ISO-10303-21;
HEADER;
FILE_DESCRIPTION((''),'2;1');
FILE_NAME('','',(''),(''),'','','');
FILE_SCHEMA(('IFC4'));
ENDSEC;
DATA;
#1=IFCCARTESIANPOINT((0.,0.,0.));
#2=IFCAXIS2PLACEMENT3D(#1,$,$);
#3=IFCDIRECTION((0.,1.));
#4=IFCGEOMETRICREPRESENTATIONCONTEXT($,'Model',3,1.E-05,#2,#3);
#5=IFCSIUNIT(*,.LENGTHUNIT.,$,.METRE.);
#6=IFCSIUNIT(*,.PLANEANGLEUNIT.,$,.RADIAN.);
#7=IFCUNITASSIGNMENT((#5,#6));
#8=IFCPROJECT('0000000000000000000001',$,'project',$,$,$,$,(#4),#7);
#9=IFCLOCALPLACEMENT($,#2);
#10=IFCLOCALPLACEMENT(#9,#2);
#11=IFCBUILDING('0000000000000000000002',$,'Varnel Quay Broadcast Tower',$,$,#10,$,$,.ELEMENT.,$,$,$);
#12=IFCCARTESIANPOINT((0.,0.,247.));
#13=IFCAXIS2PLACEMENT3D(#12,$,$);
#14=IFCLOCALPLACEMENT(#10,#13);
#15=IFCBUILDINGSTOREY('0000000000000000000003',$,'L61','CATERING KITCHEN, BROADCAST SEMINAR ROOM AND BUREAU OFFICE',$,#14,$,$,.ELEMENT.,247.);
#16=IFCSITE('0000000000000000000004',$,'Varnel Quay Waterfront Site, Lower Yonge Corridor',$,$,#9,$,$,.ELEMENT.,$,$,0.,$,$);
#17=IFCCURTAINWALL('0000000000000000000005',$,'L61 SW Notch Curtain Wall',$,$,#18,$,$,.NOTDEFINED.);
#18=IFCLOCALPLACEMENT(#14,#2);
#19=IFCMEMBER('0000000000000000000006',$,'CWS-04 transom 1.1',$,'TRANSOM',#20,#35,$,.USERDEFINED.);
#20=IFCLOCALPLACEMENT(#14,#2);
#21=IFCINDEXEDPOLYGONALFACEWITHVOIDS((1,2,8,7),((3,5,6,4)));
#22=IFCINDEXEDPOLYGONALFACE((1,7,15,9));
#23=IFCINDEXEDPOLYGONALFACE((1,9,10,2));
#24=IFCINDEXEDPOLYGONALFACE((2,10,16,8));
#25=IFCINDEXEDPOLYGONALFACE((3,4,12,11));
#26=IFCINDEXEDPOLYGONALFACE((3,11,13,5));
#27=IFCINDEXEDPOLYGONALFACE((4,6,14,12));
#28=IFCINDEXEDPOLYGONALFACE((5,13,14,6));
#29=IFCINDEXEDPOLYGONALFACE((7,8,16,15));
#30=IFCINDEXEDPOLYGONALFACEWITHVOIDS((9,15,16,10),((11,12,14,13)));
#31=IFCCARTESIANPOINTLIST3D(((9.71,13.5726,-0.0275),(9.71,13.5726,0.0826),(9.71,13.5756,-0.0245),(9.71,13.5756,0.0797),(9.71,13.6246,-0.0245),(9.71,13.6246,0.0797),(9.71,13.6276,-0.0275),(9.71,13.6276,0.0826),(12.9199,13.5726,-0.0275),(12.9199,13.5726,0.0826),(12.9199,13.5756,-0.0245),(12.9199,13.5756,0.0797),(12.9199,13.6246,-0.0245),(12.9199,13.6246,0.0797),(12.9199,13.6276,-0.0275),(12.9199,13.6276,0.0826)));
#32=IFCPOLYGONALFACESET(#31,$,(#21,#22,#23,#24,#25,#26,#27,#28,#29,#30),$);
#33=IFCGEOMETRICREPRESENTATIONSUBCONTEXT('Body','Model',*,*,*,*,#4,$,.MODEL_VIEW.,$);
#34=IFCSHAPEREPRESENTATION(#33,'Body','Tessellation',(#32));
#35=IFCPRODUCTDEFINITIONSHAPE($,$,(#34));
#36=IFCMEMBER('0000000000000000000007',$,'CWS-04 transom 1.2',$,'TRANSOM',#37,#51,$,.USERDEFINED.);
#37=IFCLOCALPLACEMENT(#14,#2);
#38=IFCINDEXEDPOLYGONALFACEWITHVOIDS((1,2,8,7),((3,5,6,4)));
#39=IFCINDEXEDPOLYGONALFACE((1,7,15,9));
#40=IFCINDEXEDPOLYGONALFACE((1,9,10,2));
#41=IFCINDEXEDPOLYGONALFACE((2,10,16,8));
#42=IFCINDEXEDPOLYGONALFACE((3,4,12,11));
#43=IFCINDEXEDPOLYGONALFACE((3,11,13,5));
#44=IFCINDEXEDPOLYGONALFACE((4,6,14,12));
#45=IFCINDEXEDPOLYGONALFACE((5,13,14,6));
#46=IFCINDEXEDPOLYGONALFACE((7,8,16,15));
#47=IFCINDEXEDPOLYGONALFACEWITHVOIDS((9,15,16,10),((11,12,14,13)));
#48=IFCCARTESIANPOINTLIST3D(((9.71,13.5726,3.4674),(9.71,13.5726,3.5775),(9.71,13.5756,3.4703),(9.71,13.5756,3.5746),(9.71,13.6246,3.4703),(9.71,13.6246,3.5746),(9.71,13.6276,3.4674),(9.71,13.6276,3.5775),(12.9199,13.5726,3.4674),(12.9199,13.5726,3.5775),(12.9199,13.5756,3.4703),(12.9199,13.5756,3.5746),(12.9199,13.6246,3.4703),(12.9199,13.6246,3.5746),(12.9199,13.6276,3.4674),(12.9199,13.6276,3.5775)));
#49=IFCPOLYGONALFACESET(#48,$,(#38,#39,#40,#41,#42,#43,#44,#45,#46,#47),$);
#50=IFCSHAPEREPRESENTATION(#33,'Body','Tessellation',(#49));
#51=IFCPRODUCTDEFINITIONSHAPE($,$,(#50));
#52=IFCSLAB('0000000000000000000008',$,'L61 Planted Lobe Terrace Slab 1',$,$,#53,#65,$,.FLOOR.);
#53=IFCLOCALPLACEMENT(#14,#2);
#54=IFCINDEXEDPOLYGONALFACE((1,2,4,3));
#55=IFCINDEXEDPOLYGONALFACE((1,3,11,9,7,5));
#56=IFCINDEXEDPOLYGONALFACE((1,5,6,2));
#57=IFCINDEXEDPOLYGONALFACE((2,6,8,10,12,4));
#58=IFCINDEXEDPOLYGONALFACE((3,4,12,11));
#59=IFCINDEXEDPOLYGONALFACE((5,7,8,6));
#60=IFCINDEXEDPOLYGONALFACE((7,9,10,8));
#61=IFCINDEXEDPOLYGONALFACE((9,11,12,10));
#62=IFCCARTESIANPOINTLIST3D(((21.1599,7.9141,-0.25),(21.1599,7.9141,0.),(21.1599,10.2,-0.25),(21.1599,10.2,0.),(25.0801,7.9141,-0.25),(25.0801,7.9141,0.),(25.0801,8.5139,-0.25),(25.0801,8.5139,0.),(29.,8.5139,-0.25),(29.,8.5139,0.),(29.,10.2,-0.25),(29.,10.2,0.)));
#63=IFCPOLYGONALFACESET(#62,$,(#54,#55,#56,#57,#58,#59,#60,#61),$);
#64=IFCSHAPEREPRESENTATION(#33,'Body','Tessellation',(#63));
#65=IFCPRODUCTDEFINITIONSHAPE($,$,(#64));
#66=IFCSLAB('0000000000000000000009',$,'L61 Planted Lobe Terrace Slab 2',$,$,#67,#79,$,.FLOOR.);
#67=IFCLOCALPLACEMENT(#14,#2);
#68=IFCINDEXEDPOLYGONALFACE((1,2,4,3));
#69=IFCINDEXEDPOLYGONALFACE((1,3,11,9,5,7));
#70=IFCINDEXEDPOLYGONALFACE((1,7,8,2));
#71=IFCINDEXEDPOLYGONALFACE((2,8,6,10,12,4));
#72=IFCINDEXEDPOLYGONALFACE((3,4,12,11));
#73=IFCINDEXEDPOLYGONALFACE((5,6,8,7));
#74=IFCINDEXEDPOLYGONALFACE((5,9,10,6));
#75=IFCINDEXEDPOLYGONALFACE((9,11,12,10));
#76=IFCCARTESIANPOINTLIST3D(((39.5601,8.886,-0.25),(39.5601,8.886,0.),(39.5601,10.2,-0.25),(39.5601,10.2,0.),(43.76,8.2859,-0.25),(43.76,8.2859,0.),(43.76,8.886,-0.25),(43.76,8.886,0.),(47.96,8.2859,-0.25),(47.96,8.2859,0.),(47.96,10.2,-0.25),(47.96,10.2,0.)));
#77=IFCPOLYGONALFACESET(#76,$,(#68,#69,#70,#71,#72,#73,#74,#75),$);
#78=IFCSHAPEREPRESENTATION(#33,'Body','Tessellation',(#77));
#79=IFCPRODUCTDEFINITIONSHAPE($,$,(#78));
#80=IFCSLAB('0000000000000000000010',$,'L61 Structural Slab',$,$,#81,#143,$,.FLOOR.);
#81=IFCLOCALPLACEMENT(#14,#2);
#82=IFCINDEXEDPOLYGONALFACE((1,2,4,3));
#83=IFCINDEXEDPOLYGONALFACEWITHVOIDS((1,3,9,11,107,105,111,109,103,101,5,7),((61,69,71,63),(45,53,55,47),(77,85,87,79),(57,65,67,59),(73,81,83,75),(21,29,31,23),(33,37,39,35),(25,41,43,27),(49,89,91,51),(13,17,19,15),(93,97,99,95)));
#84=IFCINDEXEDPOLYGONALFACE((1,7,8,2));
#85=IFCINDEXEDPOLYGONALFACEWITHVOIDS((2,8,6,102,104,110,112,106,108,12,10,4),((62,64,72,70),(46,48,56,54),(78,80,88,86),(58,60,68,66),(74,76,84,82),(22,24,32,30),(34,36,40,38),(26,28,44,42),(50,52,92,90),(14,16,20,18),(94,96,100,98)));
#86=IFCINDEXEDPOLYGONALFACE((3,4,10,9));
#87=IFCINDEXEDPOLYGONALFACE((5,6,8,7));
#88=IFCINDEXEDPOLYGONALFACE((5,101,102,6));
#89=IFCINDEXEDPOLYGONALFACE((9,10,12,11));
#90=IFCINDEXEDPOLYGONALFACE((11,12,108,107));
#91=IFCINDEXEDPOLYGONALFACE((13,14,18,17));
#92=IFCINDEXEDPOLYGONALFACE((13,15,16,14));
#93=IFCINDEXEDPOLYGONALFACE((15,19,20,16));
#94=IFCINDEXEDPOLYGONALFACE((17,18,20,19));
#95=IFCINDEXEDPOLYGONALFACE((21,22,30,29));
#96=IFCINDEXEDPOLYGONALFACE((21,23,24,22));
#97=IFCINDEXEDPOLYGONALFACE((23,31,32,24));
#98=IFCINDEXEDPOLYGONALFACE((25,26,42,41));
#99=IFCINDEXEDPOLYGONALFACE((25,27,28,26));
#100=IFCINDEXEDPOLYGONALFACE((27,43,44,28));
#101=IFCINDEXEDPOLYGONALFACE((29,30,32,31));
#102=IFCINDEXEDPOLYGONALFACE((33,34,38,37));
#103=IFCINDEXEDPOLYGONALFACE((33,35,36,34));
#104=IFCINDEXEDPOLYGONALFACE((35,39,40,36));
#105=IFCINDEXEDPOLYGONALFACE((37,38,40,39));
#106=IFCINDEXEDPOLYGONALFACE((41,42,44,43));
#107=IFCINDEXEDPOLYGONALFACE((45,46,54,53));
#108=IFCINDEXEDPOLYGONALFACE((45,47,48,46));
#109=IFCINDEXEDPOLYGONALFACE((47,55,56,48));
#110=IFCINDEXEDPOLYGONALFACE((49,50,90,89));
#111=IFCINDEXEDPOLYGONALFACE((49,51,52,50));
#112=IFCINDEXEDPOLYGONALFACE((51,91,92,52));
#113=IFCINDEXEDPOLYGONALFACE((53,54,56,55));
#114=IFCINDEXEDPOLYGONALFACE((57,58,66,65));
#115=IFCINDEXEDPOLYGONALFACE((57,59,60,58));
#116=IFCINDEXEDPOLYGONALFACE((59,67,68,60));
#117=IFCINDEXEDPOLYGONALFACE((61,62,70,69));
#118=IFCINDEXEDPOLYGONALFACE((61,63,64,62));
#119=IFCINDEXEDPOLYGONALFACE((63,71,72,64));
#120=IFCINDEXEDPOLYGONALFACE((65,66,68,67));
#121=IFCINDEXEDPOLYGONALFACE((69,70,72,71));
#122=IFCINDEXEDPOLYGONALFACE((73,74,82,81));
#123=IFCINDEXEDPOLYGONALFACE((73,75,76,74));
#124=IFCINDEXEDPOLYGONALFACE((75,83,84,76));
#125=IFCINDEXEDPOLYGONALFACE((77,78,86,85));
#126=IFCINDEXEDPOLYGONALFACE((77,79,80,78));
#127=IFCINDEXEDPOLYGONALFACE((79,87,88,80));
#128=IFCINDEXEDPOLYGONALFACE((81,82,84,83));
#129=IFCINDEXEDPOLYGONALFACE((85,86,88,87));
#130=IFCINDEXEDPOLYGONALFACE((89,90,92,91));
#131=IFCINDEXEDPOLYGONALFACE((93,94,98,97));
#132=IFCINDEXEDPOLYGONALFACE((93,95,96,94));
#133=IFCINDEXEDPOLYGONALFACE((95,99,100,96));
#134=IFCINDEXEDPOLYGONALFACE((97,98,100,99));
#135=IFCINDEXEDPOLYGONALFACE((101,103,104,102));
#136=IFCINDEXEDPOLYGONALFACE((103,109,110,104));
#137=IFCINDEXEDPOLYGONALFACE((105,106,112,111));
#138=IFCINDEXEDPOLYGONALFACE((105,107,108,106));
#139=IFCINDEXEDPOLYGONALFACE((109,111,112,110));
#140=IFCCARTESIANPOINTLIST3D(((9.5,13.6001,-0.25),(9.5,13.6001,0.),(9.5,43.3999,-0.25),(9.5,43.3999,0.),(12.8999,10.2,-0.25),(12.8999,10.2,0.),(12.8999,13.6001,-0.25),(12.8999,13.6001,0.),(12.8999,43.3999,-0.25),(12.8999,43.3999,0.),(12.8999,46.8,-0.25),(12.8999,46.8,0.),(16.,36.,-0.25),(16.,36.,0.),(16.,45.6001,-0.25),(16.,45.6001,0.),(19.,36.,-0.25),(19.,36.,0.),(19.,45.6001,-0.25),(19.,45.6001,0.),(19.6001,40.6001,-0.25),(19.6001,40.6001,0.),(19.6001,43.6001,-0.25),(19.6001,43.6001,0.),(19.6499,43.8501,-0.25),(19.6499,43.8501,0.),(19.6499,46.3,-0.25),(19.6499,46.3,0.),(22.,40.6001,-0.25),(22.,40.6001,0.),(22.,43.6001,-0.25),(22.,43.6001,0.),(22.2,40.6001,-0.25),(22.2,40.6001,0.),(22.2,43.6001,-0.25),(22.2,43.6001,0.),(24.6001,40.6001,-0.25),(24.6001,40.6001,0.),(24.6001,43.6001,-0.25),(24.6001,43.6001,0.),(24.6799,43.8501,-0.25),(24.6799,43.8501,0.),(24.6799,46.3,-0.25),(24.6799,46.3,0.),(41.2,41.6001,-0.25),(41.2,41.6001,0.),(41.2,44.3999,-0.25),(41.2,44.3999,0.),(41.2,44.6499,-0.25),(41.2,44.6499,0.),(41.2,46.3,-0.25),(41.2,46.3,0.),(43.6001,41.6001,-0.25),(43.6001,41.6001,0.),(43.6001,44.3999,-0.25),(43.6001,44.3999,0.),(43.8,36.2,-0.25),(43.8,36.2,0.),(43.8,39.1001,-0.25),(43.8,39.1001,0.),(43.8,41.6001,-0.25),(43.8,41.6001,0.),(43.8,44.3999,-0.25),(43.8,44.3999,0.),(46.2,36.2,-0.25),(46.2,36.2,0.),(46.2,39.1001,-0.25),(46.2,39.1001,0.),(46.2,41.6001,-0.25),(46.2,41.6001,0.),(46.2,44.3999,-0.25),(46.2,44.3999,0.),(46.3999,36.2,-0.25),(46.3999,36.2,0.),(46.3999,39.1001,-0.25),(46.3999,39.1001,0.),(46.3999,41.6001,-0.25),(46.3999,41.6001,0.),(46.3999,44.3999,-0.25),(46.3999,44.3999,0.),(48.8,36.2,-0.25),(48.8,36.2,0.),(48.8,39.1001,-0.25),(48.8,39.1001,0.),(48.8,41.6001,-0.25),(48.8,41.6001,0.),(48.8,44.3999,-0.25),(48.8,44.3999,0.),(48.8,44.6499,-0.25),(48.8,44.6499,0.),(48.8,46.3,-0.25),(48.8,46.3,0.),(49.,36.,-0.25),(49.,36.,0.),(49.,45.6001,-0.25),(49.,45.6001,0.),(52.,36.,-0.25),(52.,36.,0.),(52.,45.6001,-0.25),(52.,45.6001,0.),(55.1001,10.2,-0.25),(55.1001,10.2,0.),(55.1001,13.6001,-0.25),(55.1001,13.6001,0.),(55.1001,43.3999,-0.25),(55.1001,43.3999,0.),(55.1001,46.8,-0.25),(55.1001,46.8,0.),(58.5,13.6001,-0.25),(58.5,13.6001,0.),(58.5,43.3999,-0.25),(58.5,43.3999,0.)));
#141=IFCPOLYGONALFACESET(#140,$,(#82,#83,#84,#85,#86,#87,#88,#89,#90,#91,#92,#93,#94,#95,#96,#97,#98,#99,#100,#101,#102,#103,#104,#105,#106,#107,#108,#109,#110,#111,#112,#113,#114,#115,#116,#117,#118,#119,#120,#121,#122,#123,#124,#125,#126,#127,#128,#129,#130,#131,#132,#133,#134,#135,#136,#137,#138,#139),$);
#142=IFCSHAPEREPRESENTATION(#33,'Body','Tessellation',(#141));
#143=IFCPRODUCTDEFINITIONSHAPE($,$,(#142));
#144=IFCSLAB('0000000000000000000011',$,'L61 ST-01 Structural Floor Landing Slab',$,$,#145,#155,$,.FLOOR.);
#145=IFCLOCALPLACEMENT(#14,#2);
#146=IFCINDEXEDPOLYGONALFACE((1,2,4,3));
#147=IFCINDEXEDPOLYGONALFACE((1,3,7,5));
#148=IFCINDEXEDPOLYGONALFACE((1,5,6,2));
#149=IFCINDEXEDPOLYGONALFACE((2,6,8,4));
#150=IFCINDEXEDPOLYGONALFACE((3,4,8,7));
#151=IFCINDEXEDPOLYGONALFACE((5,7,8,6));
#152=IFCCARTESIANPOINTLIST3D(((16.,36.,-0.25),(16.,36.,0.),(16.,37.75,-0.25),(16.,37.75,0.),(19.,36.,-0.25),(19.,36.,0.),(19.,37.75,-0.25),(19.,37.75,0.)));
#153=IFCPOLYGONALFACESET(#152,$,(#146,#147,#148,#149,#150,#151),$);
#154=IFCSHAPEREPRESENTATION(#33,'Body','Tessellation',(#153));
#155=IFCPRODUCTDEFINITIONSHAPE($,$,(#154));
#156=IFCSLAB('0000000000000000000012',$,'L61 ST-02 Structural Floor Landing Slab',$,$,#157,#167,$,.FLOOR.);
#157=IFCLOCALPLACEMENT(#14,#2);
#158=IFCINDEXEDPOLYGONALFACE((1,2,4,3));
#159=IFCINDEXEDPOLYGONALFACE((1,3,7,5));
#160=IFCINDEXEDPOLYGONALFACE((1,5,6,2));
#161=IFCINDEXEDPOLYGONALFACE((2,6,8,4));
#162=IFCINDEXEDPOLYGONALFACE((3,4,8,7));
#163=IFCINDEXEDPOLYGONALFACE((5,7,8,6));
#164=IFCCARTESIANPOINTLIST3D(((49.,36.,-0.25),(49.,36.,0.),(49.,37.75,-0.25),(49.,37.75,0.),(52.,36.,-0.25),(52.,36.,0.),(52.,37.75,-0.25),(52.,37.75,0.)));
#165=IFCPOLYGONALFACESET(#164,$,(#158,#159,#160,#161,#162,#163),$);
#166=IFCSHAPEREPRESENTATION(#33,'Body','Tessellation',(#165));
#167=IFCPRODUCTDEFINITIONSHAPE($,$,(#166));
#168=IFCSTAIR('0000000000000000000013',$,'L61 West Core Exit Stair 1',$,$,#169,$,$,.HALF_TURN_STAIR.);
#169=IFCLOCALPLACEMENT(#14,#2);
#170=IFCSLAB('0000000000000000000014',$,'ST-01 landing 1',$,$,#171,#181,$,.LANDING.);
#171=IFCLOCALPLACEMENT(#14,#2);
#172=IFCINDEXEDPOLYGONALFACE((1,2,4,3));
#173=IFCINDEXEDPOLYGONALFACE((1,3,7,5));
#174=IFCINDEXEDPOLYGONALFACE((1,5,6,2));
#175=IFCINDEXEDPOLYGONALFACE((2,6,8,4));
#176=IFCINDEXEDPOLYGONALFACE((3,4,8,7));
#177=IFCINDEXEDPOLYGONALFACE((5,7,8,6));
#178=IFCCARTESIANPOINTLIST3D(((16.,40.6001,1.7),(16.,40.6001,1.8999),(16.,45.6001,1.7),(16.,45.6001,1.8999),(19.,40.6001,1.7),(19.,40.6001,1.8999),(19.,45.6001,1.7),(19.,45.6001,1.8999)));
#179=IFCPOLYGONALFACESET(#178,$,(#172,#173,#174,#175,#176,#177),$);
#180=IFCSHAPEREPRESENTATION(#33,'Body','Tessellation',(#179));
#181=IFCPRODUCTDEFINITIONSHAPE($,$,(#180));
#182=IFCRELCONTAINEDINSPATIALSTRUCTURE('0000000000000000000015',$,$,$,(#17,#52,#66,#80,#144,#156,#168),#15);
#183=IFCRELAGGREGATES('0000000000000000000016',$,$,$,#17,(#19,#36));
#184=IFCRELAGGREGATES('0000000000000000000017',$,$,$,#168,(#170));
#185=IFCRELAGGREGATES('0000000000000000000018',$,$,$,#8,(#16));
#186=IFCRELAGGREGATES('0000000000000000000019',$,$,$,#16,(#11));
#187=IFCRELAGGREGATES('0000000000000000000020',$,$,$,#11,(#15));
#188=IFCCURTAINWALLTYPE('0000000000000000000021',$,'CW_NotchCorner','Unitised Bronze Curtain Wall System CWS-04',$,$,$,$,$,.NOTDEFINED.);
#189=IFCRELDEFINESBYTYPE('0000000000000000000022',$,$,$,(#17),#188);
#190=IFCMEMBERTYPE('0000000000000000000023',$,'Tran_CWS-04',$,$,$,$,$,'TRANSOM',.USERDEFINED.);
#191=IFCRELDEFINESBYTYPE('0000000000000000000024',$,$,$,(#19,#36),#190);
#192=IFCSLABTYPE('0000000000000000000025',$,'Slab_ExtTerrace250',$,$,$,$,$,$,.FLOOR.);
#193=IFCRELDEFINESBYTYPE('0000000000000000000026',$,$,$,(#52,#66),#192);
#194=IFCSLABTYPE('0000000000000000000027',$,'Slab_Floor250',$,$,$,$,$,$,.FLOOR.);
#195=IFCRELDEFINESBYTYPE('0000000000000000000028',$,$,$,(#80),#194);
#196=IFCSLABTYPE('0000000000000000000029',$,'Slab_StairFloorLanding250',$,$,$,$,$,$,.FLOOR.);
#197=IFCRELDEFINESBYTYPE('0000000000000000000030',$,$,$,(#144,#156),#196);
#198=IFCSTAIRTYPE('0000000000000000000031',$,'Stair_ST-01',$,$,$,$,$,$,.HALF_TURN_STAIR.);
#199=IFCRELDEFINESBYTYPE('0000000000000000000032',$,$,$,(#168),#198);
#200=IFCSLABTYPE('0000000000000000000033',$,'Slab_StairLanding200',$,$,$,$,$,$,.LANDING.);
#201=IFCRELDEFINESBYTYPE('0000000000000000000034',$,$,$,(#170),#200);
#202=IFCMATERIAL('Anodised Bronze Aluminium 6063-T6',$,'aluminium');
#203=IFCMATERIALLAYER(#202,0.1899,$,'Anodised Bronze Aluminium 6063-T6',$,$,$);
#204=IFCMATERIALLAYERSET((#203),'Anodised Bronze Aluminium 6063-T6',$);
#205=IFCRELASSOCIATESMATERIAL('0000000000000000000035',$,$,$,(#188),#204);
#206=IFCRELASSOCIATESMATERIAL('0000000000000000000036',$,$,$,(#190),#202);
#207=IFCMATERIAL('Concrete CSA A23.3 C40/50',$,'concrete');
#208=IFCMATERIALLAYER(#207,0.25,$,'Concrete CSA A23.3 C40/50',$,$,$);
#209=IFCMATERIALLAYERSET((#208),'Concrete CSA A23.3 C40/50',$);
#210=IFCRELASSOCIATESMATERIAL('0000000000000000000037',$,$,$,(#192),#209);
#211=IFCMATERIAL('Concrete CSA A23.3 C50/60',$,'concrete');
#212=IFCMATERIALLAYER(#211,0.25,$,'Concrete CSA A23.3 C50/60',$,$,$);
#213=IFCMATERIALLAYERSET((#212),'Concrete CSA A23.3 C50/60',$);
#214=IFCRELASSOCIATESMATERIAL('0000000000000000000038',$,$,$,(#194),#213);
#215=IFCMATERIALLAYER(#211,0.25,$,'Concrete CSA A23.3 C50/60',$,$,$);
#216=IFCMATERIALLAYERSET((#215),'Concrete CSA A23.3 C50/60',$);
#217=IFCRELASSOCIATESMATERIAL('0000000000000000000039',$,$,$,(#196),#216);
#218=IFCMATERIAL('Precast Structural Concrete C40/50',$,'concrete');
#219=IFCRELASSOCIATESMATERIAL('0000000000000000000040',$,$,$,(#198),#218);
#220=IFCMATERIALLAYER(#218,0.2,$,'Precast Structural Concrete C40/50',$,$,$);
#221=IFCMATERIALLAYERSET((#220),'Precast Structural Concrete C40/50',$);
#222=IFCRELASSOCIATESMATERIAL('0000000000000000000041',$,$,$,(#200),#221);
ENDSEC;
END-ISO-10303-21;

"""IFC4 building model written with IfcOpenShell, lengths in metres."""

from ifc_helpers import new_model, si_unit, direction, frame, origin, origin_2d, place, context, subcontext, project, spatial, polyline, hollow_rectangle, outline, extrude, source, transform, mapped, material, layer, layer_set, material_profile, profile_set, type_object, type_shapes, element, aggregate, save


model = new_model("IFC4")

# Units and contexts
model_context = context("Model", 3, precision=1e-05, world=origin(), true_north=direction((0.0, 1.0)))
body_context = subcontext(model_context, "Body", "Model", "MODEL_VIEW")
ifc_project = project(units=[si_unit("LENGTHUNIT", "METRE"), si_unit("PLANEANGLEUNIT", "RADIAN")], contexts=[model_context])

# Site, building, storey
site_placement = place(None, origin())
site = spatial("IfcSite", under=ifc_project, at=site_placement, Name="Varnel Quay Waterfront Site, Lower Yonge Corridor", CompositionType="ELEMENT", RefElevation=0.0)
building_placement = place(site_placement, origin())
building = spatial("IfcBuilding", under=site, at=building_placement, Name="Varnel Quay Broadcast Tower", CompositionType="ELEMENT")
storey_placement = place(building_placement, frame((0.0, 0.0, 247.0)))
storey = spatial("IfcBuildingStorey", under=building, at=storey_placement, Name="L61", Description="CATERING KITCHEN, BROADCAST SEMINAR ROOM AND BUREAU OFFICE", CompositionType="ELEMENT", Elevation=247.0)

# Curtain wall
ifc_material_1 = material(Name="Anodised Bronze Aluminium 6063-T6", Category="aluminium")
ifc_layer_1 = layer(ifc_material_1, 0.1899, Name="Anodised Bronze Aluminium 6063-T6")
ifc_layer_set_1 = layer_set([ifc_layer_1], Name="Anodised Bronze Aluminium 6063-T6")
curtain_wall_type_1 = type_object("IfcCurtainWallType", Name="CW_NotchCorner", Description="Unitised Bronze Curtain Wall System CWS-04", PredefinedType="NOTDEFINED", material=ifc_layer_set_1)
curtain_wall_1_placement = place(storey_placement, origin())
curtain_wall_1 = element("IfcCurtainWall", 1, at=curtain_wall_1_placement, inside=storey, type_object=curtain_wall_type_1, Name="L61 SW Notch Curtain Wall", PredefinedType="NOTDEFINED")

# Members
ifc_material_profile_1 = material_profile(ifc_material_1, hollow_rectangle(XDim=0.0549, YDim=0.1101, WallThickness=0.0029, at=origin_2d()), Name="ALU55X110X3")
ifc_profile_set_1 = profile_set([ifc_material_profile_1], Name="Anodised Bronze Aluminium 6063-T6")
member_type_1 = type_object("IfcMemberType", Name="Tran_CWS-04", ElementType="TRANSOM", PredefinedType="USERDEFINED", material=ifc_profile_set_1)
shared_shape_1 = source(origin(), body_context, "Body", "SweptSolid", [
    extrude(hollow_rectangle(XDim=0.0549, YDim=0.1101, WallThickness=0.0029, at=origin_2d()), origin(), (0.0, 0.0, 1.0), 3.21),
])
type_shapes(member_type_1, [shared_shape_1])
member_1_placement = place(storey_placement, frame((9.71, 13.6001, 0.0276), z_axis=(1.0, 0.0, 0.0), x_axis=(0.0, 1.0, 0.0)))
member_1 = element("IfcMember", 2, at=member_1_placement, type_object=member_type_1, Name="CWS-04 transom 1.1", ObjectType="TRANSOM", PredefinedType="USERDEFINED", context=body_context, shape_type="MappedRepresentation", body=[
    mapped(shared_shape_1, transform((0.0, 0.0, 0.0), x_axis=(1.0, 0.0, 0.0), y_axis=(0.0, 1.0, 0.0), z_axis=(0.0, 0.0, 1.0), scale=1.0)),
])
member_2_placement = place(storey_placement, frame((9.71, 13.6001, 3.5225), z_axis=(1.0, 0.0, 0.0), x_axis=(0.0, 1.0, 0.0)))
member_2 = element("IfcMember", 3, at=member_2_placement, type_object=member_type_1, Name="CWS-04 transom 1.2", ObjectType="TRANSOM", PredefinedType="USERDEFINED", context=body_context, shape_type="MappedRepresentation", body=[
    mapped(shared_shape_1, transform((0.0, 0.0, 0.0), x_axis=(1.0, 0.0, 0.0), y_axis=(0.0, 1.0, 0.0), z_axis=(0.0, 0.0, 1.0), scale=1.0)),
])
aggregate(curtain_wall_1, [member_1, member_2])

# Slabs
ifc_material_2 = material(Name="Concrete CSA A23.3 C40/50", Category="concrete")
ifc_layer_2 = layer(ifc_material_2, 0.25, Name="Concrete CSA A23.3 C40/50")
ifc_layer_set_2 = layer_set([ifc_layer_2], Name="Concrete CSA A23.3 C40/50")
slab_type_1 = type_object("IfcSlabType", Name="Slab_ExtTerrace250", PredefinedType="FLOOR", material=ifc_layer_set_2)
slab_1_placement = place(storey_placement, frame((0.0, 0.0, -0.25)))
element("IfcSlab", 4, at=slab_1_placement, inside=storey, type_object=slab_type_1, Name="L61 Planted Lobe Terrace Slab 1", PredefinedType="FLOOR", context=body_context, shape_type="SweptSolid", body=[
    extrude(outline(polyline([(21.1599, 7.9141), (25.0801, 7.9141), (25.0801, 8.5139), (29.0, 8.5139), (29.0, 10.2), (21.1599, 10.2), (21.1599, 7.9141)])), origin(), (0.0, 0.0, 1.0), 0.25),
])
slab_2_placement = place(storey_placement, frame((0.0, 0.0, -0.25)))
element("IfcSlab", 5, at=slab_2_placement, inside=storey, type_object=slab_type_1, Name="L61 Planted Lobe Terrace Slab 2", PredefinedType="FLOOR", context=body_context, shape_type="SweptSolid", body=[
    extrude(outline(polyline([(39.5601, 8.886), (43.76, 8.886), (43.76, 8.2859), (47.96, 8.2859), (47.96, 10.2), (39.5601, 10.2), (39.5601, 8.886)])), origin(), (0.0, 0.0, 1.0), 0.25),
])
ifc_material_3 = material(Name="Concrete CSA A23.3 C50/60", Category="concrete")
ifc_layer_3 = layer(ifc_material_3, 0.25, Name="Concrete CSA A23.3 C50/60")
ifc_layer_set_3 = layer_set([ifc_layer_3], Name="Concrete CSA A23.3 C50/60")
slab_type_2 = type_object("IfcSlabType", Name="Slab_Floor250", PredefinedType="FLOOR", material=ifc_layer_set_3)
slab_3_placement = place(storey_placement, frame((0.0, 0.0, -0.25)))
element("IfcSlab", 6, at=slab_3_placement, inside=storey, type_object=slab_type_2, Name="L61 Structural Slab", PredefinedType="FLOOR", context=body_context, shape_type="SweptSolid", body=[
    extrude(outline(polyline([(12.8999, 10.2), (55.1001, 10.2), (55.1001, 13.6001), (58.5, 13.6001), (58.5, 43.3999), (55.1001, 43.3999), (55.1001, 46.8), (12.8999, 46.8), (12.8999, 43.3999), (9.5, 43.3999), (9.5, 13.6001), (12.8999, 13.6001), (12.8999, 10.2)]), holes=[polyline([(19.0, 36.0), (16.0, 36.0), (16.0, 45.6001), (19.0, 45.6001), (19.0, 36.0)]), polyline([(19.6001, 40.6001), (19.6001, 43.6001), (22.0, 43.6001), (22.0, 40.6001), (19.6001, 40.6001)]), polyline([(22.2, 40.6001), (22.2, 43.6001), (24.6001, 43.6001), (24.6001, 40.6001), (22.2, 40.6001)]), polyline([(41.2, 44.3999), (43.6001, 44.3999), (43.6001, 41.6001), (41.2, 41.6001), (41.2, 44.3999)]), polyline([(43.8, 44.3999), (46.2, 44.3999), (46.2, 41.6001), (43.8, 41.6001), (43.8, 44.3999)]), polyline([(19.6499, 43.8501), (19.6499, 46.3), (24.6799, 46.3), (24.6799, 43.8501), (19.6499, 43.8501)]), polyline([(43.8, 39.1001), (46.2, 39.1001), (46.2, 36.2), (43.8, 36.2), (43.8, 39.1001)]), polyline([(46.3999, 39.1001), (48.8, 39.1001), (48.8, 36.2), (46.3999, 36.2), (46.3999, 39.1001)]), polyline([(52.0, 36.0), (49.0, 36.0), (49.0, 45.6001), (52.0, 45.6001), (52.0, 36.0)]), polyline([(46.3999, 44.3999), (48.8, 44.3999), (48.8, 41.6001), (46.3999, 41.6001), (46.3999, 44.3999)]), polyline([(41.2, 46.3), (48.8, 46.3), (48.8, 44.6499), (41.2, 44.6499), (41.2, 46.3)])]), origin(), (0.0, 0.0, 1.0), 0.25),
])
ifc_layer_4 = layer(ifc_material_3, 0.25, Name="Concrete CSA A23.3 C50/60")
ifc_layer_set_4 = layer_set([ifc_layer_4], Name="Concrete CSA A23.3 C50/60")
slab_type_3 = type_object("IfcSlabType", Name="Slab_StairFloorLanding250", PredefinedType="FLOOR", material=ifc_layer_set_4)
slab_4_placement = place(storey_placement, frame((0.0, 0.0, -0.25)))
element("IfcSlab", 7, at=slab_4_placement, inside=storey, type_object=slab_type_3, Name="L61 ST-01 Structural Floor Landing Slab", PredefinedType="FLOOR", context=body_context, shape_type="SweptSolid", body=[
    extrude(outline(polyline([(19.0, 36.0), (19.0, 37.75), (16.0, 37.75), (16.0, 36.0), (19.0, 36.0)])), origin(), (0.0, 0.0, 1.0), 0.25),
])
slab_5_placement = place(storey_placement, frame((0.0, 0.0, -0.25)))
element("IfcSlab", 8, at=slab_5_placement, inside=storey, type_object=slab_type_3, Name="L61 ST-02 Structural Floor Landing Slab", PredefinedType="FLOOR", context=body_context, shape_type="SweptSolid", body=[
    extrude(outline(polyline([(52.0, 36.0), (52.0, 37.75), (49.0, 37.75), (49.0, 36.0), (52.0, 36.0)])), origin(), (0.0, 0.0, 1.0), 0.25),
])

# Stair, slab
ifc_material_4 = material(Name="Precast Structural Concrete C40/50", Category="concrete")
stair_type_1 = type_object("IfcStairType", Name="Stair_ST-01", PredefinedType="HALF_TURN_STAIR", material=ifc_material_4)
stair_1_placement = place(storey_placement, origin())
stair_1 = element("IfcStair", 9, at=stair_1_placement, inside=storey, type_object=stair_type_1, Name="L61 West Core Exit Stair 1", PredefinedType="HALF_TURN_STAIR")
ifc_layer_5 = layer(ifc_material_4, 0.2, Name="Precast Structural Concrete C40/50")
ifc_layer_set_5 = layer_set([ifc_layer_5], Name="Precast Structural Concrete C40/50")
slab_type_4 = type_object("IfcSlabType", Name="Slab_StairLanding200", PredefinedType="LANDING", material=ifc_layer_set_5)
slab_6_placement = place(storey_placement, frame((0.0, 0.0, 1.7)))
slab_6 = element("IfcSlab", 10, at=slab_6_placement, type_object=slab_type_4, Name="ST-01 landing 1", PredefinedType="LANDING", context=body_context, shape_type="SweptSolid", body=[
    extrude(outline(polyline([(19.0, 40.6001), (19.0, 45.6001), (16.0, 45.6001), (16.0, 40.6001), (19.0, 40.6001)])), origin(), (0.0, 0.0, 1.0), 0.2),
])
aggregate(stair_1, [slab_6])

save(model, "model.ifc")
